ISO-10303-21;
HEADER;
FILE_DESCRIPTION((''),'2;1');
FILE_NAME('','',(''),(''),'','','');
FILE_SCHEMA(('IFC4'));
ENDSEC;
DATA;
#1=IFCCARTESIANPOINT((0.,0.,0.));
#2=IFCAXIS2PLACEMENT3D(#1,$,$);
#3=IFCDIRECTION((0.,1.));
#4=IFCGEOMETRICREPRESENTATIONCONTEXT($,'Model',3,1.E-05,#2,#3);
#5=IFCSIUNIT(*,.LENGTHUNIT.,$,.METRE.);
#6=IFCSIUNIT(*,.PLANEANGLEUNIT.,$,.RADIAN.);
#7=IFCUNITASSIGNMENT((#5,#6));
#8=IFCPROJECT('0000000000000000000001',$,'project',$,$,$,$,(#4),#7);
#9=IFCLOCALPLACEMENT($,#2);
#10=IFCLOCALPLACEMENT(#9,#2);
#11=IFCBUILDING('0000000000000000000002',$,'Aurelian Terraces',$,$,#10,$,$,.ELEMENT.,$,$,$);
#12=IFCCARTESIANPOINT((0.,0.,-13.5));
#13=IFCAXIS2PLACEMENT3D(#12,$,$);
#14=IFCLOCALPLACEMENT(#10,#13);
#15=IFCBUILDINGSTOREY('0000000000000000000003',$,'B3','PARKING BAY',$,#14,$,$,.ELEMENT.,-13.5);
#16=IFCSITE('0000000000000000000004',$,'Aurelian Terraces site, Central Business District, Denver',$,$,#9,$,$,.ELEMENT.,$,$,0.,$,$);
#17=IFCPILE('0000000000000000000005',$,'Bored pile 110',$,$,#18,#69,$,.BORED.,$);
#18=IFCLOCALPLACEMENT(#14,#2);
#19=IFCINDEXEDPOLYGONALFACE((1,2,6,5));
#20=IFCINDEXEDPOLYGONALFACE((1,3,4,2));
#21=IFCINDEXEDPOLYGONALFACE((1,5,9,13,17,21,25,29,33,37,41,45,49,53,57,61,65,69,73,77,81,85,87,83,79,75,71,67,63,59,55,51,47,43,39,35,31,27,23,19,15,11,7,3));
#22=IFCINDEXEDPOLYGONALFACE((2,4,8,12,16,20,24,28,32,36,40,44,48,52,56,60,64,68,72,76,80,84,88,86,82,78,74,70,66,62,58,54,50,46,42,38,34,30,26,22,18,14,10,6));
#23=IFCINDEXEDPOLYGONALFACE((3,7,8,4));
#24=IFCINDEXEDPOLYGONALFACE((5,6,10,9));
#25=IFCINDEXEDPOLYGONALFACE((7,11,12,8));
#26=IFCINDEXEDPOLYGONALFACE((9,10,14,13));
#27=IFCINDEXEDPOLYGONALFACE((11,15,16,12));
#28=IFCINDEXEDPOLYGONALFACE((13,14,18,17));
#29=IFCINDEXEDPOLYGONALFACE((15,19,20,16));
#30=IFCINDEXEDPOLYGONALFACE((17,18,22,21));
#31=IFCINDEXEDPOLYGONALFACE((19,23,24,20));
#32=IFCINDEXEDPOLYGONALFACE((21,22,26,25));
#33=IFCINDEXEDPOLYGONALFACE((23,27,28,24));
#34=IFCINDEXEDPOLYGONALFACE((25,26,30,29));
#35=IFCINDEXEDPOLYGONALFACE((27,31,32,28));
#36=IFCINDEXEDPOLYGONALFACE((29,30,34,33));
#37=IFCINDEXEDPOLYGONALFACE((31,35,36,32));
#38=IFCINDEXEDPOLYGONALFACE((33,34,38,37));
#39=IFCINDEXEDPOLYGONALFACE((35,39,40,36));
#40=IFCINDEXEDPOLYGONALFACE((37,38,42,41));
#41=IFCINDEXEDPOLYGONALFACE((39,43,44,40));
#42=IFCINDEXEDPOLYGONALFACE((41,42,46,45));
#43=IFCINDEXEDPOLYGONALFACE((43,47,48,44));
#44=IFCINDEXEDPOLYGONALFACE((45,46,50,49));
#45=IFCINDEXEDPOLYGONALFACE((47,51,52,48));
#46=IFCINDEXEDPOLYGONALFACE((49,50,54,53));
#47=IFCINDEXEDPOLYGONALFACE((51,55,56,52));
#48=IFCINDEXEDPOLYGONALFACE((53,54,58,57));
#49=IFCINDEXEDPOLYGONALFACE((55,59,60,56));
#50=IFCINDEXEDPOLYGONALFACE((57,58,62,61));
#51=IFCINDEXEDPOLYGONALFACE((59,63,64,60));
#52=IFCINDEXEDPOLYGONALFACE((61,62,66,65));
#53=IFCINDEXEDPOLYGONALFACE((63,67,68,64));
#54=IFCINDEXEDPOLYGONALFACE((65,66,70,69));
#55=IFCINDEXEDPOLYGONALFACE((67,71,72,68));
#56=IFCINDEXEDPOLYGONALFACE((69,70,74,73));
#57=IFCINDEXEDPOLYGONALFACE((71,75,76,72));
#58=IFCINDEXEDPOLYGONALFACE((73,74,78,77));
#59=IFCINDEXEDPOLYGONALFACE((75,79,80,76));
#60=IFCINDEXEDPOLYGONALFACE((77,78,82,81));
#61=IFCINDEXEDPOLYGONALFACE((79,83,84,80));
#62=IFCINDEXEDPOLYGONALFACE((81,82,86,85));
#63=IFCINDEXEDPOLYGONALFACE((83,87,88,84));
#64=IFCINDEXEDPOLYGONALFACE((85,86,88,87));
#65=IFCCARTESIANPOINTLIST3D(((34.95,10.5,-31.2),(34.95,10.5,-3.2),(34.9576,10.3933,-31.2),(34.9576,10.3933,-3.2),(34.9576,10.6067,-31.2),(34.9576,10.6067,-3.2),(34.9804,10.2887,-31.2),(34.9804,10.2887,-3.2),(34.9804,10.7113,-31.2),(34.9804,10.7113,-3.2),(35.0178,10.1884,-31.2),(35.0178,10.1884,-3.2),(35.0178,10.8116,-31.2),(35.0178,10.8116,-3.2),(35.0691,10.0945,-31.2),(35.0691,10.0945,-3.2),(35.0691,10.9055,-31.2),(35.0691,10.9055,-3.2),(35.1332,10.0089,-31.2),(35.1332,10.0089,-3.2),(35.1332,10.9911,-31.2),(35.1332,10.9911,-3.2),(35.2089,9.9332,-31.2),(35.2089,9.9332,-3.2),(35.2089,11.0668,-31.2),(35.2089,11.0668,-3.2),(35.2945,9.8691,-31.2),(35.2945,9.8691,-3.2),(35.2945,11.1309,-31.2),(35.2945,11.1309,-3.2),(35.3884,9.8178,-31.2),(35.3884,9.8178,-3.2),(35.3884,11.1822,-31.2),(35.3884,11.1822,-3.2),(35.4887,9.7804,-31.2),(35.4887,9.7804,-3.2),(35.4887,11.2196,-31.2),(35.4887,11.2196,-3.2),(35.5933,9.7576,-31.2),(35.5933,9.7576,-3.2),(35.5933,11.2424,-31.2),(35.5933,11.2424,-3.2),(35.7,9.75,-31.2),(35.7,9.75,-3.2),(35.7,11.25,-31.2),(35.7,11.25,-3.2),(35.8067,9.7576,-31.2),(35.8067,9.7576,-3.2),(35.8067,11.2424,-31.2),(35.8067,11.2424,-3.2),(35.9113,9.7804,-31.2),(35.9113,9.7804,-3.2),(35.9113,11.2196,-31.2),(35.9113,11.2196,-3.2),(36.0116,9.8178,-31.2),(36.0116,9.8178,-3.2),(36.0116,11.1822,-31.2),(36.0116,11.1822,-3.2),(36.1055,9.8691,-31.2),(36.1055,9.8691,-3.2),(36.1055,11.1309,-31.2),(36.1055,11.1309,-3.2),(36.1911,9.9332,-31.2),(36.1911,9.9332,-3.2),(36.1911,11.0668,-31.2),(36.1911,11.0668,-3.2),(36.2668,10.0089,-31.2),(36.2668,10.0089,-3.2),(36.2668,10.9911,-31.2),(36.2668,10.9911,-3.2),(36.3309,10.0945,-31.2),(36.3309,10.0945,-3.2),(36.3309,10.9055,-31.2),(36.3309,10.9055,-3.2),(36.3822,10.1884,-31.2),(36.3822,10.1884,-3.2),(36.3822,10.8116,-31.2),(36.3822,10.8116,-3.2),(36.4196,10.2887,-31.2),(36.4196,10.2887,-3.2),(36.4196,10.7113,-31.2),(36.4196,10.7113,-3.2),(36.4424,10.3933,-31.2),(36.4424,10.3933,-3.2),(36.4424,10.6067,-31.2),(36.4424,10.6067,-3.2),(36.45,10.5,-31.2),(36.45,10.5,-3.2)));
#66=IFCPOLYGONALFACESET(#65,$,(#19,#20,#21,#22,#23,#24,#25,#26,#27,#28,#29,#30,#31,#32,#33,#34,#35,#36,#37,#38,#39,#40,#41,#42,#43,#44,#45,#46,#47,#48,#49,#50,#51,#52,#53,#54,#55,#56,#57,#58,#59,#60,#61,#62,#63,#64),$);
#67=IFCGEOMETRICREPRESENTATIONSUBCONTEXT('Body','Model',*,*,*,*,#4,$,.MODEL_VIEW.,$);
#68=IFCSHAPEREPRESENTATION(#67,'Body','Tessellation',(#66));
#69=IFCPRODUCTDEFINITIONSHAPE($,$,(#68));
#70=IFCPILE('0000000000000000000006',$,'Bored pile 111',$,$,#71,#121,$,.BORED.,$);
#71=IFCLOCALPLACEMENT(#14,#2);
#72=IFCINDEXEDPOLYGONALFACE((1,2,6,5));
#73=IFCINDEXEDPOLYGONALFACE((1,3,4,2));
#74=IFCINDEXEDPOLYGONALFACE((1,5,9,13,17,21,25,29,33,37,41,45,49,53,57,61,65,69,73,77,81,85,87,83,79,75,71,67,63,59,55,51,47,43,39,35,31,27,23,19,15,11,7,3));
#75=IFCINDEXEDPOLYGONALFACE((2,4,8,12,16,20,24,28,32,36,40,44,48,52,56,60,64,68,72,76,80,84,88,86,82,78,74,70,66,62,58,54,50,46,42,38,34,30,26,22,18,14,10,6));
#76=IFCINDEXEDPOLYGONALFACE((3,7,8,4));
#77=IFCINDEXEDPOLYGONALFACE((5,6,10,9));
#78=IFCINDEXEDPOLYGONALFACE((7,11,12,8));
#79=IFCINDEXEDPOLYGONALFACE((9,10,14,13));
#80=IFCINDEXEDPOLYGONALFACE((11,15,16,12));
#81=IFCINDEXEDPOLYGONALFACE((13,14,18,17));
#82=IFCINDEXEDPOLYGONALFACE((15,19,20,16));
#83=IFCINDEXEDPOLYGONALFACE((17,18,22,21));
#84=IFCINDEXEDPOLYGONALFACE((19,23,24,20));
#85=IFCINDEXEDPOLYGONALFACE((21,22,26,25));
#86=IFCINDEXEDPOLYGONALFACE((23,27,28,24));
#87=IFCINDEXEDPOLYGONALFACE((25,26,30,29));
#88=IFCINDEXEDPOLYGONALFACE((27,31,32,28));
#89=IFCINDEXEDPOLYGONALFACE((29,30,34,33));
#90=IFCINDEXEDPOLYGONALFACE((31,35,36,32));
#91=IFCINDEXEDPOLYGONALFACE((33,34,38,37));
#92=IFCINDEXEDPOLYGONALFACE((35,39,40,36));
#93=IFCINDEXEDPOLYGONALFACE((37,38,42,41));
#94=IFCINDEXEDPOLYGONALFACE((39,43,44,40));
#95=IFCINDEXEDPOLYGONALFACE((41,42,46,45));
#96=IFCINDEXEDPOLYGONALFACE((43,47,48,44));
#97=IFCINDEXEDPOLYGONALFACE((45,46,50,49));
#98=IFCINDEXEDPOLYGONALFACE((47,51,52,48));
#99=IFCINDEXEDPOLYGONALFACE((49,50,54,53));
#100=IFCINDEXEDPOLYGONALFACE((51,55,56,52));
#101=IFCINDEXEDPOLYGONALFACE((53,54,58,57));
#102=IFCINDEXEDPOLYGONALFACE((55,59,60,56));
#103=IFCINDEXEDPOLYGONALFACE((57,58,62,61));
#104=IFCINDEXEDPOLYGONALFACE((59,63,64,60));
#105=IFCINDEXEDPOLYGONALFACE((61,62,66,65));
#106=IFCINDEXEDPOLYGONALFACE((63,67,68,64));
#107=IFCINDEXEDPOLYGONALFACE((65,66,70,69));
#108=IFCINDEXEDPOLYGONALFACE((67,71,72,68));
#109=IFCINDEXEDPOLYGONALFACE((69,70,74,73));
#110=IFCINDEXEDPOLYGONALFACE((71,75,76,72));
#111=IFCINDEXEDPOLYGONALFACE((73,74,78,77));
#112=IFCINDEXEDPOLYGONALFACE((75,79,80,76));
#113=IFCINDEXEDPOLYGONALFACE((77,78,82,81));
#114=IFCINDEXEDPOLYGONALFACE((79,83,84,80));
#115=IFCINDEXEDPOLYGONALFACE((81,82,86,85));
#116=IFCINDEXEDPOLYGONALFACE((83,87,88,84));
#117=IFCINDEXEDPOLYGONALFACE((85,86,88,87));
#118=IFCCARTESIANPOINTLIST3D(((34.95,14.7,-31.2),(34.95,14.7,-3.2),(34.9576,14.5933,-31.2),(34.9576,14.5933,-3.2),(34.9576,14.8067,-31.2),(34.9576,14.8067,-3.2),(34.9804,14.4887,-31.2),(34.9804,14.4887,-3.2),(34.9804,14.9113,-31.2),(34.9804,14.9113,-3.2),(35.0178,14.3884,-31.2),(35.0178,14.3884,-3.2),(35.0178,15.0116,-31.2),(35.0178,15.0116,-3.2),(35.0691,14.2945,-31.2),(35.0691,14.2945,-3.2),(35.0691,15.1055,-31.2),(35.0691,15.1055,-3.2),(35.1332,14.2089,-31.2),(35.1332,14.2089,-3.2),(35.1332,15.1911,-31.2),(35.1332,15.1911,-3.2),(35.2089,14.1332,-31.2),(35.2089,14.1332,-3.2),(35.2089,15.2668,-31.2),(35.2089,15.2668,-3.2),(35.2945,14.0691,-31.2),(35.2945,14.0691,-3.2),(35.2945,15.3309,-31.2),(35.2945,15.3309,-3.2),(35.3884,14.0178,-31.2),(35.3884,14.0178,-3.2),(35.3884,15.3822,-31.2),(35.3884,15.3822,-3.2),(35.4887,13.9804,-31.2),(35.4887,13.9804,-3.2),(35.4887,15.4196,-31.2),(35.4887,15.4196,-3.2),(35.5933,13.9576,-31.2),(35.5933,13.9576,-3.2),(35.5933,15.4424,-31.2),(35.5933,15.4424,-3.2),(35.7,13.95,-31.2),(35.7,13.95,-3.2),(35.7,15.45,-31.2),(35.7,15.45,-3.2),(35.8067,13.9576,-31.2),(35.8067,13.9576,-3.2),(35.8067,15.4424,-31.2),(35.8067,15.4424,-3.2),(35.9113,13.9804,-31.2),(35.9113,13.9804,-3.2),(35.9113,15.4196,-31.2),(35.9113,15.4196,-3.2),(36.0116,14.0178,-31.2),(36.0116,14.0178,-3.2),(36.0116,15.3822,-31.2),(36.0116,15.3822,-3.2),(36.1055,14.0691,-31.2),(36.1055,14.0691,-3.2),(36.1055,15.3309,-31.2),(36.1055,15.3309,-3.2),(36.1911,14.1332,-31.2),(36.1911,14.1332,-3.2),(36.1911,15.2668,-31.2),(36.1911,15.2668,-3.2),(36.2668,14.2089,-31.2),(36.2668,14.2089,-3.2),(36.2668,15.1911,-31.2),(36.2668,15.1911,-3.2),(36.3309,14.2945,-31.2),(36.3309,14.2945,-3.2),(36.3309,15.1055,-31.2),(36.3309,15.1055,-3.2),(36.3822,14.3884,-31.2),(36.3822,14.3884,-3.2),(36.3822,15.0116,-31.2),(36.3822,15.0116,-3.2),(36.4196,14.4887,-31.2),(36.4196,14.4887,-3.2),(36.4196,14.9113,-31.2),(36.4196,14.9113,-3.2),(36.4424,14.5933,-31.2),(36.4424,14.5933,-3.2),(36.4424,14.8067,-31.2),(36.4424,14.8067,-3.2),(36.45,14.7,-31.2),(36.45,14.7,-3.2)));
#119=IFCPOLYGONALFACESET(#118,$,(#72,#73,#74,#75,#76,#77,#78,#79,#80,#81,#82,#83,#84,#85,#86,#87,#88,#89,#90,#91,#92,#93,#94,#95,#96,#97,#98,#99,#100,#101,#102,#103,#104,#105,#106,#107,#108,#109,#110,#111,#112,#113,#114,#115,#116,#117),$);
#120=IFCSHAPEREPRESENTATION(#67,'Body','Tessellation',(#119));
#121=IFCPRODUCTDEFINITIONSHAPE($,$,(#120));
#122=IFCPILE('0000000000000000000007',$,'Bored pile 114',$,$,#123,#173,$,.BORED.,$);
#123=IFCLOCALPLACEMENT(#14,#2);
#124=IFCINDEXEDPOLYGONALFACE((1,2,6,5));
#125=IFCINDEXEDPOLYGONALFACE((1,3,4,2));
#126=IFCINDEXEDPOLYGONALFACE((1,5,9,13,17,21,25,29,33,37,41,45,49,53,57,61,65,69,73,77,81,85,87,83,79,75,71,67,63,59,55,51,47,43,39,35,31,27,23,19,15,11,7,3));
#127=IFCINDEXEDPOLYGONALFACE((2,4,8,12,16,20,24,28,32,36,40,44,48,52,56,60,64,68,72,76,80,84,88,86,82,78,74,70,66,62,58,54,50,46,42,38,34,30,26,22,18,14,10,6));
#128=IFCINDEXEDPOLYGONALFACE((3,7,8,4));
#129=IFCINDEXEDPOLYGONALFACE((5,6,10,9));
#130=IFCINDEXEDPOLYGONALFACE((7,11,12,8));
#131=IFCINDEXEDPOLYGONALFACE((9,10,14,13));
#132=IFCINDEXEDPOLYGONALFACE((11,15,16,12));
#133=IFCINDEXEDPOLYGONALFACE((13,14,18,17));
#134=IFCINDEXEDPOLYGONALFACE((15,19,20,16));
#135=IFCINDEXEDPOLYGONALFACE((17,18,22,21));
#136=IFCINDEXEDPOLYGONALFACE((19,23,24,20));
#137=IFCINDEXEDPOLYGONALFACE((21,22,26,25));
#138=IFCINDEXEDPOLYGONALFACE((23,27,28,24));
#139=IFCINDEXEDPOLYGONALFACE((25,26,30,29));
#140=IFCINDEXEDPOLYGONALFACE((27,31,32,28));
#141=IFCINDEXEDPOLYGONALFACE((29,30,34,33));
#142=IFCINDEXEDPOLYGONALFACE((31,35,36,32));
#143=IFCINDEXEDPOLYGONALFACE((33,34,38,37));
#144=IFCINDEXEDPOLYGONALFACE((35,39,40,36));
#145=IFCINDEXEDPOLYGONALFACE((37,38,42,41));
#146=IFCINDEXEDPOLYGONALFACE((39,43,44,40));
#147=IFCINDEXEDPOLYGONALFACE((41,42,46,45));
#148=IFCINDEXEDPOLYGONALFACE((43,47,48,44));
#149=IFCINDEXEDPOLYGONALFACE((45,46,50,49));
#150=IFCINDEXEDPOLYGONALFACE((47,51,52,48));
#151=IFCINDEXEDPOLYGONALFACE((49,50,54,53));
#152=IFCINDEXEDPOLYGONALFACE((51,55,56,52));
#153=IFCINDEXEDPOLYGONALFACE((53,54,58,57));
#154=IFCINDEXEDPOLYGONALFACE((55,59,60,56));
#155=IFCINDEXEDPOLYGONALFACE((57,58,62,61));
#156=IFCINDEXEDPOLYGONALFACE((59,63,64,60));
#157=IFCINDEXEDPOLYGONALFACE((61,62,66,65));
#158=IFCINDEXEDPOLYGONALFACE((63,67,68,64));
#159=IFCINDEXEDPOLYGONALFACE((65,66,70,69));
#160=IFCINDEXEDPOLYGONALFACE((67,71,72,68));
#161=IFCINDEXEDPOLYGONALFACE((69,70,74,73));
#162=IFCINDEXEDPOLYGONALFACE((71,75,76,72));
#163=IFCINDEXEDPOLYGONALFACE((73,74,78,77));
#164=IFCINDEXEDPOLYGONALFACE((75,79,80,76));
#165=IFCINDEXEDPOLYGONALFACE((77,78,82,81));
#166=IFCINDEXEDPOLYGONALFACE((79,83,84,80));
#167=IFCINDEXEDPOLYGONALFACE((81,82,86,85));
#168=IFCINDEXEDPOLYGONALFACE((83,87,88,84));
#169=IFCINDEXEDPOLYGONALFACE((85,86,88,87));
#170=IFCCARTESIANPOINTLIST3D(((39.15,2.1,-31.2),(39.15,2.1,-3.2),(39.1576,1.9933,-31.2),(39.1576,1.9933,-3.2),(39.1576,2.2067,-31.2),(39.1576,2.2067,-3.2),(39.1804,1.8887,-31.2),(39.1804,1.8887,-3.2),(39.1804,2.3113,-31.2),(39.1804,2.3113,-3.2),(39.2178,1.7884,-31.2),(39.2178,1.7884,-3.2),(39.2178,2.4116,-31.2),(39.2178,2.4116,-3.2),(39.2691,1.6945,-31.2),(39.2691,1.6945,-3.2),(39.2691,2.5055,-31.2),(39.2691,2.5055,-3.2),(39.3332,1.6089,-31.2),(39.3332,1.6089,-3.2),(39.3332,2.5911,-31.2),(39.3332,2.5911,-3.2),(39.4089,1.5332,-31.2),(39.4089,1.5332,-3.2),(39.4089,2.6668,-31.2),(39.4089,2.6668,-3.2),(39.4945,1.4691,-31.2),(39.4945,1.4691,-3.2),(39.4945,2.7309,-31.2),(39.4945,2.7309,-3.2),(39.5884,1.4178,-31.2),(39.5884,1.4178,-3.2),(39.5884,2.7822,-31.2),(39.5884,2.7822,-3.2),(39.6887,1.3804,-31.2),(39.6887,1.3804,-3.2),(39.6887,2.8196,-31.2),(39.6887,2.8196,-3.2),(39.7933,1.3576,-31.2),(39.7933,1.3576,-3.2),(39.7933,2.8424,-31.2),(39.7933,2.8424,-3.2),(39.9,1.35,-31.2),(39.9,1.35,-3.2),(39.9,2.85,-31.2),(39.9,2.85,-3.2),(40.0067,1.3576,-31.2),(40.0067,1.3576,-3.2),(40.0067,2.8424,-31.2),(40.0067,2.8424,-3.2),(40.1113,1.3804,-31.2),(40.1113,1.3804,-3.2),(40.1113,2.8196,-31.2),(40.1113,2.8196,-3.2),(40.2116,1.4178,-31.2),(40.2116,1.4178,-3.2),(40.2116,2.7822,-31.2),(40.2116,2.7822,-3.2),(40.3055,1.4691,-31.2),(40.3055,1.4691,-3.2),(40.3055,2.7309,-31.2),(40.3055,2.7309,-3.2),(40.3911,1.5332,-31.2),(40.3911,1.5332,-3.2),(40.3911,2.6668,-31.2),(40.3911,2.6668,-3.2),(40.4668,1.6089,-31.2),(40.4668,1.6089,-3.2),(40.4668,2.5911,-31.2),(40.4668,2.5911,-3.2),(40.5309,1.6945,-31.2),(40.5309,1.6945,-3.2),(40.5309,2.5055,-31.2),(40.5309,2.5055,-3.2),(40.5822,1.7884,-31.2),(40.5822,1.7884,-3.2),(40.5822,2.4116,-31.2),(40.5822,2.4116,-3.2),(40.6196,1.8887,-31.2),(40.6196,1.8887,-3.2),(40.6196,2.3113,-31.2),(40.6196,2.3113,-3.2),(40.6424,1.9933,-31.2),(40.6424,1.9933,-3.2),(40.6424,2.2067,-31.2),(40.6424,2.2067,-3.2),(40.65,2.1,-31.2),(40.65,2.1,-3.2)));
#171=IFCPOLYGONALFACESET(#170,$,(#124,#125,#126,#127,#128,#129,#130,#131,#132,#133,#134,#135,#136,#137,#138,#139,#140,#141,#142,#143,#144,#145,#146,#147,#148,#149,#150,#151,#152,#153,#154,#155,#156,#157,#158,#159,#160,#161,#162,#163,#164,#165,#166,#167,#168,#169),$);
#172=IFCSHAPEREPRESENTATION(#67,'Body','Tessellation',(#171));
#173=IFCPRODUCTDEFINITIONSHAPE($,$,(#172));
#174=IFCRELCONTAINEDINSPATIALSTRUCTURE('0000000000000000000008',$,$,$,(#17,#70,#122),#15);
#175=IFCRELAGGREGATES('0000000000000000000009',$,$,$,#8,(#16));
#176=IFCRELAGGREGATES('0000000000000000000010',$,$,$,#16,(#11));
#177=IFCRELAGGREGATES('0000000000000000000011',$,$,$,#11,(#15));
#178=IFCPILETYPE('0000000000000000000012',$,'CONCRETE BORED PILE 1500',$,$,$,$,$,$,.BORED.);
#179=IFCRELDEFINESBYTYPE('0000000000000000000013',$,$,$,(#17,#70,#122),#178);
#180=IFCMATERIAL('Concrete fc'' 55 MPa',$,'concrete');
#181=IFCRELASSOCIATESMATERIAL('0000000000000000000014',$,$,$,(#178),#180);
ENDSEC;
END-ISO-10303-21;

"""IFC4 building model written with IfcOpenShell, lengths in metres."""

from ifc_helpers import new_model, si_unit, direction, frame, origin, origin_2d, place, context, subcontext, project, spatial, circle, extrude, source, transform, mapped, material, material_profile, profile_set, type_object, element, save


model = new_model("IFC4")

# Units and contexts
model_context = context("Model", 3, precision=1e-05, world=origin(), true_north=direction((0.0, 1.0)))
body_context = subcontext(model_context, "Body", "Model", "MODEL_VIEW")
ifc_project = project(units=[si_unit("LENGTHUNIT", "METRE"), si_unit("PLANEANGLEUNIT", "RADIAN")], contexts=[model_context])

# Site, building, storey
site_placement = place(None, origin())
site = spatial("IfcSite", under=ifc_project, at=site_placement, Name="Aurelian Terraces site, Central Business District, Denver", CompositionType="ELEMENT", RefElevation=0.0)
building_placement = place(site_placement, origin())
building = spatial("IfcBuilding", under=site, at=building_placement, Name="Aurelian Terraces", CompositionType="ELEMENT")
storey_placement = place(building_placement, frame((0.0, 0.0, -13.5)))
storey = spatial("IfcBuildingStorey", under=building, at=storey_placement, Name="B3", Description="PARKING BAY", CompositionType="ELEMENT", Elevation=-13.5)

# Piles
ifc_material_1 = material(Name="Concrete fc' 55 MPa", Category="concrete")
ifc_material_profile_1 = material_profile(ifc_material_1, circle(Radius=0.75, at=origin_2d()))
ifc_profile_set_1 = profile_set([ifc_material_profile_1], Name="Concrete fc' 55 MPa")
pile_type = type_object("IfcPileType", Name="CONCRETE BORED PILE 1500", PredefinedType="BORED", material=ifc_profile_set_1)
shared_shape_1 = source(origin(), body_context, "Body", "SweptSolid", [
    extrude(circle(Radius=0.75, at=origin_2d()), origin(), (0.0, 0.0, 1.0), 28.0),
])
for number, where, z_axis, x_axis, name in (
    (1, (35.7, 10.5, -3.2), (0.0, 0.0, -1.0), (1.0, 0.0, 0.0), "Bored pile 110"),
    (2, (35.7, 14.7, -3.2), (0.0, 0.0, -1.0), (1.0, 0.0, 0.0), "Bored pile 111"),
    (3, (39.9, 2.1, -3.2), (0.0, 0.0, -1.0), (1.0, 0.0, 0.0), "Bored pile 114"),
):
    element("IfcPile", number, at=place(storey_placement, frame(where, z_axis=z_axis, x_axis=x_axis)), inside=storey, type_object=pile_type, Name=name, PredefinedType="BORED", context=body_context, shape_type="MappedRepresentation", body=[
        mapped(shared_shape_1, transform((0.0, 0.0, 0.0), scale=1.0)),
    ])

save(model, "model.ifc")
